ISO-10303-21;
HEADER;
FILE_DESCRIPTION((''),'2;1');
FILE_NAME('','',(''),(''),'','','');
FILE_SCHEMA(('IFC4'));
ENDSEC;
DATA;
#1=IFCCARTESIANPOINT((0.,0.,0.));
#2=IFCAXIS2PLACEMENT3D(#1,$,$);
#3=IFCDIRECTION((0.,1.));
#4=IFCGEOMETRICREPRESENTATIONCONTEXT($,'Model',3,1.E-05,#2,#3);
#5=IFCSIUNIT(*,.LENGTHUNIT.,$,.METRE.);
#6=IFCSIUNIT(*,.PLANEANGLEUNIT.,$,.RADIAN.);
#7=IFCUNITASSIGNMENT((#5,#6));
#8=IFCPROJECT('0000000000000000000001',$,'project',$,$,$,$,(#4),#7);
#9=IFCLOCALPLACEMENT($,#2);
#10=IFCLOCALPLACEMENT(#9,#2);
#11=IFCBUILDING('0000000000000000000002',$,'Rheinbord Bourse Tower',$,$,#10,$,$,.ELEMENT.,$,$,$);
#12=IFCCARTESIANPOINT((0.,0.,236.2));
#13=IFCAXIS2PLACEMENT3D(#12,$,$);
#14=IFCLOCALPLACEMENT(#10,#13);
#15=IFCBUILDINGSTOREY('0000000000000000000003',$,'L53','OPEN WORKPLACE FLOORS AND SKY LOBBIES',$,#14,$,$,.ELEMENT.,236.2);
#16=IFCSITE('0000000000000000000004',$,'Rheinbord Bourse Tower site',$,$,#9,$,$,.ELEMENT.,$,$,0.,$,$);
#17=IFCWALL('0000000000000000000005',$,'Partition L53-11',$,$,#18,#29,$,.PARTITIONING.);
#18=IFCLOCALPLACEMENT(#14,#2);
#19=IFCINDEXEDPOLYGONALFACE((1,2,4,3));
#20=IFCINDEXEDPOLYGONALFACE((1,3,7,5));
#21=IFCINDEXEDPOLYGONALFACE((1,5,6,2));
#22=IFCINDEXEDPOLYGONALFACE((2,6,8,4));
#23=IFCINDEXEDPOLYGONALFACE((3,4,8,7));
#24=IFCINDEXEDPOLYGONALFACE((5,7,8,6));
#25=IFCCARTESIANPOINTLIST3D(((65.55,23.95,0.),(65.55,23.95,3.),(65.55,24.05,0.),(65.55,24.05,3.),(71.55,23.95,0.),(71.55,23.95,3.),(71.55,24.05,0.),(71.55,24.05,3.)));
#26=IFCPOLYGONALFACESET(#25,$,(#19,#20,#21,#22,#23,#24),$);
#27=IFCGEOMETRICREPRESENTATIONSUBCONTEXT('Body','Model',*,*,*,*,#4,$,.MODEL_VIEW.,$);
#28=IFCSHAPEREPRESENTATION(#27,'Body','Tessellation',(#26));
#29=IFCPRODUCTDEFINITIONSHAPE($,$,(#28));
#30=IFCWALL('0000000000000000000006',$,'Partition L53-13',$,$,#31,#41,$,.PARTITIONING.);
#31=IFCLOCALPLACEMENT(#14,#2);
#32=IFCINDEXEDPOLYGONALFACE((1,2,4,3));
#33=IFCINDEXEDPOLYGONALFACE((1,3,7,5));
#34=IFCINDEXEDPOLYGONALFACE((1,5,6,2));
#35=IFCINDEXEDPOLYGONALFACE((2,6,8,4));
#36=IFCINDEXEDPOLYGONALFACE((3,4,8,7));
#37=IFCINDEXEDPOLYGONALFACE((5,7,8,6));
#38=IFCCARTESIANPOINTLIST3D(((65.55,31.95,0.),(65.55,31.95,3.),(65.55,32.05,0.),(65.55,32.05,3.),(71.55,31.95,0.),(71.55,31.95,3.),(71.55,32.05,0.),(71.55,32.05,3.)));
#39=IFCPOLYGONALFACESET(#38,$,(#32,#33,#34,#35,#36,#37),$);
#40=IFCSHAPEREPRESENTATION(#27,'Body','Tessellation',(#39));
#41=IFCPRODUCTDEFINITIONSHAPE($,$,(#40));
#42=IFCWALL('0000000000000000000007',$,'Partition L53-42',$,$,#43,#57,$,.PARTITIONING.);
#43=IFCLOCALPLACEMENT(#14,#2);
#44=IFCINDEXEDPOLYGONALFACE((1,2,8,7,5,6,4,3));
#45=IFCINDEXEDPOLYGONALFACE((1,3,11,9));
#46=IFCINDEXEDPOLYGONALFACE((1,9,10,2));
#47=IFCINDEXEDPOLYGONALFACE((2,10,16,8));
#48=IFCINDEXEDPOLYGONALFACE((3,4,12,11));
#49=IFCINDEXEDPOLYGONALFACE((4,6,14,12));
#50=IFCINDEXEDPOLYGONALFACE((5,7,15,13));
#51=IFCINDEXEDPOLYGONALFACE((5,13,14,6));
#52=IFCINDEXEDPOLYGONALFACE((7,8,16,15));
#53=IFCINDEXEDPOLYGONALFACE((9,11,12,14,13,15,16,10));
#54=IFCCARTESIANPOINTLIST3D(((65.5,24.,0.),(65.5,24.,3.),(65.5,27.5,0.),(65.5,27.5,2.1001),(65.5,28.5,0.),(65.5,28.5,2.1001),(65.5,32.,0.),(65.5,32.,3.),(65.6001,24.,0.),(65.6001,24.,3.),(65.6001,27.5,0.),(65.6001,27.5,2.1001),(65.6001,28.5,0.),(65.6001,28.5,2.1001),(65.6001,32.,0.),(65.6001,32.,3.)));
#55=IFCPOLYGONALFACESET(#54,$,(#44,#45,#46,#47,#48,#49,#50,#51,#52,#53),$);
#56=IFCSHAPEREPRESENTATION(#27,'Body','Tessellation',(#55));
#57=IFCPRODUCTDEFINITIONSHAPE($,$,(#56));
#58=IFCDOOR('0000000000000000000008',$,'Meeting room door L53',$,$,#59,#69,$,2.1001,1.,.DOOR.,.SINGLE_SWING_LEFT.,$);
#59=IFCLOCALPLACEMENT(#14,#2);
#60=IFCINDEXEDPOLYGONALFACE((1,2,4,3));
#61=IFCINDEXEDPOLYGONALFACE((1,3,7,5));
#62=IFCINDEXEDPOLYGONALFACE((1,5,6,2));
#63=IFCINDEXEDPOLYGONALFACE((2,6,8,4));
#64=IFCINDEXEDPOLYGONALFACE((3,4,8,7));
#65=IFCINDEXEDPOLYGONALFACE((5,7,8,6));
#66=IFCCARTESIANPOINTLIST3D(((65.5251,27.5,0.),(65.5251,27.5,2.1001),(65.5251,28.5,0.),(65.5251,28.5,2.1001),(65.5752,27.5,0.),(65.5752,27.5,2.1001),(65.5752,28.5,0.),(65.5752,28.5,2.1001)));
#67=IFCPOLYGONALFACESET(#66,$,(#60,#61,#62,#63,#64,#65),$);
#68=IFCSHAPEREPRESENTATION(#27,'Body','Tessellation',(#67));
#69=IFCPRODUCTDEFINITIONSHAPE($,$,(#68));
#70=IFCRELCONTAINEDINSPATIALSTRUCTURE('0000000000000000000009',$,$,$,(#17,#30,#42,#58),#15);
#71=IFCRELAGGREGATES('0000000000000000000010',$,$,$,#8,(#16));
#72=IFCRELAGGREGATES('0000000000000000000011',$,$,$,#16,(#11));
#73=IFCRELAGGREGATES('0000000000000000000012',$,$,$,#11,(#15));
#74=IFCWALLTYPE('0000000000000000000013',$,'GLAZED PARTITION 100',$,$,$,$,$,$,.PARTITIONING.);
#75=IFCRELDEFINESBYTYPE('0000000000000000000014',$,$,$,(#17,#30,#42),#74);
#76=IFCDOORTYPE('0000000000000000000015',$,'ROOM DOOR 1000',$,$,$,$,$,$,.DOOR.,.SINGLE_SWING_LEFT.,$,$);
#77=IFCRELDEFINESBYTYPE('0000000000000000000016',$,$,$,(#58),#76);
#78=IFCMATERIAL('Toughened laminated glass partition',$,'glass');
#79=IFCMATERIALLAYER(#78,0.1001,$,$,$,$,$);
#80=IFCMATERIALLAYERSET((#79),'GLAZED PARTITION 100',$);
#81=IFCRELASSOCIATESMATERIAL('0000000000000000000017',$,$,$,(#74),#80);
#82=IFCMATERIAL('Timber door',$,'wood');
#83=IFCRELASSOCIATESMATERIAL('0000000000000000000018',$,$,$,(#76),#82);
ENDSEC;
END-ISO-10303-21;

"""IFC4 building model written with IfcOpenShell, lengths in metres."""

from ifc_helpers import new_model, si_unit, direction, frame, frame_2d, origin, place, context, subcontext, project, spatial, rectangle, extrude, material, layer, layer_set, type_object, element, fill, save


model = new_model("IFC4")

# Units and contexts
model_context = context("Model", 3, precision=1e-05, world=origin(), true_north=direction((0.0, 1.0)))
body_context = subcontext(model_context, "Body", "Model", "MODEL_VIEW")
ifc_project = project(units=[si_unit("LENGTHUNIT", "METRE"), si_unit("PLANEANGLEUNIT", "RADIAN")], contexts=[model_context])

# Site, building, storey
site_placement = place(None, origin())
site = spatial("IfcSite", under=ifc_project, at=site_placement, Name="Rheinbord Bourse Tower site", CompositionType="ELEMENT", RefElevation=0.0)
building_placement = place(site_placement, origin())
building = spatial("IfcBuilding", under=site, at=building_placement, Name="Rheinbord Bourse Tower", CompositionType="ELEMENT")
storey_placement = place(building_placement, frame((0.0, 0.0, 236.2)))
storey = spatial("IfcBuildingStorey", under=building, at=storey_placement, Name="L53", Description="OPEN WORKPLACE FLOORS AND SKY LOBBIES", CompositionType="ELEMENT", Elevation=236.2)

# Walls
ifc_material_1 = material(Name="Toughened laminated glass partition", Category="glass")
ifc_layer_1 = layer(ifc_material_1, 0.1001)
ifc_layer_set_1 = layer_set([ifc_layer_1], Name="GLAZED PARTITION 100")
wall_type_1 = type_object("IfcWallType", Name="GLAZED PARTITION 100", PredefinedType="PARTITIONING", material=ifc_layer_set_1)
for number, where, z_axis, x_axis, name in (
    (1, (65.55, 24.0, 0.0), (0.0, 0.0, 1.0), (1.0, 0.0, 0.0), "Partition L53-11"),
    (2, (65.55, 32.0, 0.0), (0.0, 0.0, 1.0), (1.0, 0.0, 0.0), "Partition L53-13"),
):
    element("IfcWall", number, at=place(storey_placement, frame(where, z_axis=z_axis, x_axis=x_axis)), inside=storey, type_object=wall_type_1, Name=name, PredefinedType="PARTITIONING", context=body_context, shape_type="SweptSolid", body=[
        extrude(rectangle(XDim=6.0, YDim=0.1001, at=frame_2d((3.0, 0.0))), origin(), (0.0, 0.0, 1.0), 3.0),
    ])

# Wall, opening, door
wall_1_placement = place(storey_placement, frame((65.55, 24.0, 0.0), z_axis=(0.0, 0.0, 1.0), x_axis=(0.0, 1.0, 0.0)))
wall_1 = element("IfcWall", 3, at=wall_1_placement, inside=storey, type_object=wall_type_1, Name="Partition L53-42", PredefinedType="PARTITIONING", context=body_context, shape_type="SweptSolid", body=[
    extrude(rectangle(XDim=8.0, YDim=0.1001, at=frame_2d((4.0, 0.0))), origin(), (0.0, 0.0, 1.0), 3.0),
])
opening_placement = place(wall_1_placement, frame((3.5, 0.0, 0.0)))
opening = element("IfcOpeningElement", 4, at=opening_placement, cuts=wall_1, PredefinedType="OPENING", context=body_context, shape_type="SweptSolid", body=[
    extrude(rectangle(XDim=1.0, YDim=2.1001, at=frame_2d((0.5, 1.05))), frame((0.0, 0.0601, 0.0), z_axis=(0.0, -1.0, 0.0), x_axis=(1.0, 0.0, 0.0)), (0.0, 0.0, 1.0), 0.1201),
])
ifc_material_2 = material(Name="Timber door", Category="wood")
door_type = type_object("IfcDoorType", Name="ROOM DOOR 1000", OperationType="SINGLE_SWING_LEFT", PredefinedType="DOOR", material=ifc_material_2)
door_placement = place(opening_placement, origin())
door = element("IfcDoor", 5, at=door_placement, inside=storey, type_object=door_type, Name="Meeting room door L53", OperationType="SINGLE_SWING_LEFT", OverallHeight=2.1001, OverallWidth=1.0, PredefinedType="DOOR", context=body_context, shape_type="SweptSolid", body=[
    extrude(rectangle(XDim=1.0, YDim=2.1001, at=frame_2d((0.5, 1.05))), frame((0.0, 0.0249, 0.0), z_axis=(0.0, -1.0, 0.0), x_axis=(1.0, 0.0, 0.0)), (0.0, 0.0, 1.0), 0.05),
])
fill(opening, door)

save(model, "model.ifc")
